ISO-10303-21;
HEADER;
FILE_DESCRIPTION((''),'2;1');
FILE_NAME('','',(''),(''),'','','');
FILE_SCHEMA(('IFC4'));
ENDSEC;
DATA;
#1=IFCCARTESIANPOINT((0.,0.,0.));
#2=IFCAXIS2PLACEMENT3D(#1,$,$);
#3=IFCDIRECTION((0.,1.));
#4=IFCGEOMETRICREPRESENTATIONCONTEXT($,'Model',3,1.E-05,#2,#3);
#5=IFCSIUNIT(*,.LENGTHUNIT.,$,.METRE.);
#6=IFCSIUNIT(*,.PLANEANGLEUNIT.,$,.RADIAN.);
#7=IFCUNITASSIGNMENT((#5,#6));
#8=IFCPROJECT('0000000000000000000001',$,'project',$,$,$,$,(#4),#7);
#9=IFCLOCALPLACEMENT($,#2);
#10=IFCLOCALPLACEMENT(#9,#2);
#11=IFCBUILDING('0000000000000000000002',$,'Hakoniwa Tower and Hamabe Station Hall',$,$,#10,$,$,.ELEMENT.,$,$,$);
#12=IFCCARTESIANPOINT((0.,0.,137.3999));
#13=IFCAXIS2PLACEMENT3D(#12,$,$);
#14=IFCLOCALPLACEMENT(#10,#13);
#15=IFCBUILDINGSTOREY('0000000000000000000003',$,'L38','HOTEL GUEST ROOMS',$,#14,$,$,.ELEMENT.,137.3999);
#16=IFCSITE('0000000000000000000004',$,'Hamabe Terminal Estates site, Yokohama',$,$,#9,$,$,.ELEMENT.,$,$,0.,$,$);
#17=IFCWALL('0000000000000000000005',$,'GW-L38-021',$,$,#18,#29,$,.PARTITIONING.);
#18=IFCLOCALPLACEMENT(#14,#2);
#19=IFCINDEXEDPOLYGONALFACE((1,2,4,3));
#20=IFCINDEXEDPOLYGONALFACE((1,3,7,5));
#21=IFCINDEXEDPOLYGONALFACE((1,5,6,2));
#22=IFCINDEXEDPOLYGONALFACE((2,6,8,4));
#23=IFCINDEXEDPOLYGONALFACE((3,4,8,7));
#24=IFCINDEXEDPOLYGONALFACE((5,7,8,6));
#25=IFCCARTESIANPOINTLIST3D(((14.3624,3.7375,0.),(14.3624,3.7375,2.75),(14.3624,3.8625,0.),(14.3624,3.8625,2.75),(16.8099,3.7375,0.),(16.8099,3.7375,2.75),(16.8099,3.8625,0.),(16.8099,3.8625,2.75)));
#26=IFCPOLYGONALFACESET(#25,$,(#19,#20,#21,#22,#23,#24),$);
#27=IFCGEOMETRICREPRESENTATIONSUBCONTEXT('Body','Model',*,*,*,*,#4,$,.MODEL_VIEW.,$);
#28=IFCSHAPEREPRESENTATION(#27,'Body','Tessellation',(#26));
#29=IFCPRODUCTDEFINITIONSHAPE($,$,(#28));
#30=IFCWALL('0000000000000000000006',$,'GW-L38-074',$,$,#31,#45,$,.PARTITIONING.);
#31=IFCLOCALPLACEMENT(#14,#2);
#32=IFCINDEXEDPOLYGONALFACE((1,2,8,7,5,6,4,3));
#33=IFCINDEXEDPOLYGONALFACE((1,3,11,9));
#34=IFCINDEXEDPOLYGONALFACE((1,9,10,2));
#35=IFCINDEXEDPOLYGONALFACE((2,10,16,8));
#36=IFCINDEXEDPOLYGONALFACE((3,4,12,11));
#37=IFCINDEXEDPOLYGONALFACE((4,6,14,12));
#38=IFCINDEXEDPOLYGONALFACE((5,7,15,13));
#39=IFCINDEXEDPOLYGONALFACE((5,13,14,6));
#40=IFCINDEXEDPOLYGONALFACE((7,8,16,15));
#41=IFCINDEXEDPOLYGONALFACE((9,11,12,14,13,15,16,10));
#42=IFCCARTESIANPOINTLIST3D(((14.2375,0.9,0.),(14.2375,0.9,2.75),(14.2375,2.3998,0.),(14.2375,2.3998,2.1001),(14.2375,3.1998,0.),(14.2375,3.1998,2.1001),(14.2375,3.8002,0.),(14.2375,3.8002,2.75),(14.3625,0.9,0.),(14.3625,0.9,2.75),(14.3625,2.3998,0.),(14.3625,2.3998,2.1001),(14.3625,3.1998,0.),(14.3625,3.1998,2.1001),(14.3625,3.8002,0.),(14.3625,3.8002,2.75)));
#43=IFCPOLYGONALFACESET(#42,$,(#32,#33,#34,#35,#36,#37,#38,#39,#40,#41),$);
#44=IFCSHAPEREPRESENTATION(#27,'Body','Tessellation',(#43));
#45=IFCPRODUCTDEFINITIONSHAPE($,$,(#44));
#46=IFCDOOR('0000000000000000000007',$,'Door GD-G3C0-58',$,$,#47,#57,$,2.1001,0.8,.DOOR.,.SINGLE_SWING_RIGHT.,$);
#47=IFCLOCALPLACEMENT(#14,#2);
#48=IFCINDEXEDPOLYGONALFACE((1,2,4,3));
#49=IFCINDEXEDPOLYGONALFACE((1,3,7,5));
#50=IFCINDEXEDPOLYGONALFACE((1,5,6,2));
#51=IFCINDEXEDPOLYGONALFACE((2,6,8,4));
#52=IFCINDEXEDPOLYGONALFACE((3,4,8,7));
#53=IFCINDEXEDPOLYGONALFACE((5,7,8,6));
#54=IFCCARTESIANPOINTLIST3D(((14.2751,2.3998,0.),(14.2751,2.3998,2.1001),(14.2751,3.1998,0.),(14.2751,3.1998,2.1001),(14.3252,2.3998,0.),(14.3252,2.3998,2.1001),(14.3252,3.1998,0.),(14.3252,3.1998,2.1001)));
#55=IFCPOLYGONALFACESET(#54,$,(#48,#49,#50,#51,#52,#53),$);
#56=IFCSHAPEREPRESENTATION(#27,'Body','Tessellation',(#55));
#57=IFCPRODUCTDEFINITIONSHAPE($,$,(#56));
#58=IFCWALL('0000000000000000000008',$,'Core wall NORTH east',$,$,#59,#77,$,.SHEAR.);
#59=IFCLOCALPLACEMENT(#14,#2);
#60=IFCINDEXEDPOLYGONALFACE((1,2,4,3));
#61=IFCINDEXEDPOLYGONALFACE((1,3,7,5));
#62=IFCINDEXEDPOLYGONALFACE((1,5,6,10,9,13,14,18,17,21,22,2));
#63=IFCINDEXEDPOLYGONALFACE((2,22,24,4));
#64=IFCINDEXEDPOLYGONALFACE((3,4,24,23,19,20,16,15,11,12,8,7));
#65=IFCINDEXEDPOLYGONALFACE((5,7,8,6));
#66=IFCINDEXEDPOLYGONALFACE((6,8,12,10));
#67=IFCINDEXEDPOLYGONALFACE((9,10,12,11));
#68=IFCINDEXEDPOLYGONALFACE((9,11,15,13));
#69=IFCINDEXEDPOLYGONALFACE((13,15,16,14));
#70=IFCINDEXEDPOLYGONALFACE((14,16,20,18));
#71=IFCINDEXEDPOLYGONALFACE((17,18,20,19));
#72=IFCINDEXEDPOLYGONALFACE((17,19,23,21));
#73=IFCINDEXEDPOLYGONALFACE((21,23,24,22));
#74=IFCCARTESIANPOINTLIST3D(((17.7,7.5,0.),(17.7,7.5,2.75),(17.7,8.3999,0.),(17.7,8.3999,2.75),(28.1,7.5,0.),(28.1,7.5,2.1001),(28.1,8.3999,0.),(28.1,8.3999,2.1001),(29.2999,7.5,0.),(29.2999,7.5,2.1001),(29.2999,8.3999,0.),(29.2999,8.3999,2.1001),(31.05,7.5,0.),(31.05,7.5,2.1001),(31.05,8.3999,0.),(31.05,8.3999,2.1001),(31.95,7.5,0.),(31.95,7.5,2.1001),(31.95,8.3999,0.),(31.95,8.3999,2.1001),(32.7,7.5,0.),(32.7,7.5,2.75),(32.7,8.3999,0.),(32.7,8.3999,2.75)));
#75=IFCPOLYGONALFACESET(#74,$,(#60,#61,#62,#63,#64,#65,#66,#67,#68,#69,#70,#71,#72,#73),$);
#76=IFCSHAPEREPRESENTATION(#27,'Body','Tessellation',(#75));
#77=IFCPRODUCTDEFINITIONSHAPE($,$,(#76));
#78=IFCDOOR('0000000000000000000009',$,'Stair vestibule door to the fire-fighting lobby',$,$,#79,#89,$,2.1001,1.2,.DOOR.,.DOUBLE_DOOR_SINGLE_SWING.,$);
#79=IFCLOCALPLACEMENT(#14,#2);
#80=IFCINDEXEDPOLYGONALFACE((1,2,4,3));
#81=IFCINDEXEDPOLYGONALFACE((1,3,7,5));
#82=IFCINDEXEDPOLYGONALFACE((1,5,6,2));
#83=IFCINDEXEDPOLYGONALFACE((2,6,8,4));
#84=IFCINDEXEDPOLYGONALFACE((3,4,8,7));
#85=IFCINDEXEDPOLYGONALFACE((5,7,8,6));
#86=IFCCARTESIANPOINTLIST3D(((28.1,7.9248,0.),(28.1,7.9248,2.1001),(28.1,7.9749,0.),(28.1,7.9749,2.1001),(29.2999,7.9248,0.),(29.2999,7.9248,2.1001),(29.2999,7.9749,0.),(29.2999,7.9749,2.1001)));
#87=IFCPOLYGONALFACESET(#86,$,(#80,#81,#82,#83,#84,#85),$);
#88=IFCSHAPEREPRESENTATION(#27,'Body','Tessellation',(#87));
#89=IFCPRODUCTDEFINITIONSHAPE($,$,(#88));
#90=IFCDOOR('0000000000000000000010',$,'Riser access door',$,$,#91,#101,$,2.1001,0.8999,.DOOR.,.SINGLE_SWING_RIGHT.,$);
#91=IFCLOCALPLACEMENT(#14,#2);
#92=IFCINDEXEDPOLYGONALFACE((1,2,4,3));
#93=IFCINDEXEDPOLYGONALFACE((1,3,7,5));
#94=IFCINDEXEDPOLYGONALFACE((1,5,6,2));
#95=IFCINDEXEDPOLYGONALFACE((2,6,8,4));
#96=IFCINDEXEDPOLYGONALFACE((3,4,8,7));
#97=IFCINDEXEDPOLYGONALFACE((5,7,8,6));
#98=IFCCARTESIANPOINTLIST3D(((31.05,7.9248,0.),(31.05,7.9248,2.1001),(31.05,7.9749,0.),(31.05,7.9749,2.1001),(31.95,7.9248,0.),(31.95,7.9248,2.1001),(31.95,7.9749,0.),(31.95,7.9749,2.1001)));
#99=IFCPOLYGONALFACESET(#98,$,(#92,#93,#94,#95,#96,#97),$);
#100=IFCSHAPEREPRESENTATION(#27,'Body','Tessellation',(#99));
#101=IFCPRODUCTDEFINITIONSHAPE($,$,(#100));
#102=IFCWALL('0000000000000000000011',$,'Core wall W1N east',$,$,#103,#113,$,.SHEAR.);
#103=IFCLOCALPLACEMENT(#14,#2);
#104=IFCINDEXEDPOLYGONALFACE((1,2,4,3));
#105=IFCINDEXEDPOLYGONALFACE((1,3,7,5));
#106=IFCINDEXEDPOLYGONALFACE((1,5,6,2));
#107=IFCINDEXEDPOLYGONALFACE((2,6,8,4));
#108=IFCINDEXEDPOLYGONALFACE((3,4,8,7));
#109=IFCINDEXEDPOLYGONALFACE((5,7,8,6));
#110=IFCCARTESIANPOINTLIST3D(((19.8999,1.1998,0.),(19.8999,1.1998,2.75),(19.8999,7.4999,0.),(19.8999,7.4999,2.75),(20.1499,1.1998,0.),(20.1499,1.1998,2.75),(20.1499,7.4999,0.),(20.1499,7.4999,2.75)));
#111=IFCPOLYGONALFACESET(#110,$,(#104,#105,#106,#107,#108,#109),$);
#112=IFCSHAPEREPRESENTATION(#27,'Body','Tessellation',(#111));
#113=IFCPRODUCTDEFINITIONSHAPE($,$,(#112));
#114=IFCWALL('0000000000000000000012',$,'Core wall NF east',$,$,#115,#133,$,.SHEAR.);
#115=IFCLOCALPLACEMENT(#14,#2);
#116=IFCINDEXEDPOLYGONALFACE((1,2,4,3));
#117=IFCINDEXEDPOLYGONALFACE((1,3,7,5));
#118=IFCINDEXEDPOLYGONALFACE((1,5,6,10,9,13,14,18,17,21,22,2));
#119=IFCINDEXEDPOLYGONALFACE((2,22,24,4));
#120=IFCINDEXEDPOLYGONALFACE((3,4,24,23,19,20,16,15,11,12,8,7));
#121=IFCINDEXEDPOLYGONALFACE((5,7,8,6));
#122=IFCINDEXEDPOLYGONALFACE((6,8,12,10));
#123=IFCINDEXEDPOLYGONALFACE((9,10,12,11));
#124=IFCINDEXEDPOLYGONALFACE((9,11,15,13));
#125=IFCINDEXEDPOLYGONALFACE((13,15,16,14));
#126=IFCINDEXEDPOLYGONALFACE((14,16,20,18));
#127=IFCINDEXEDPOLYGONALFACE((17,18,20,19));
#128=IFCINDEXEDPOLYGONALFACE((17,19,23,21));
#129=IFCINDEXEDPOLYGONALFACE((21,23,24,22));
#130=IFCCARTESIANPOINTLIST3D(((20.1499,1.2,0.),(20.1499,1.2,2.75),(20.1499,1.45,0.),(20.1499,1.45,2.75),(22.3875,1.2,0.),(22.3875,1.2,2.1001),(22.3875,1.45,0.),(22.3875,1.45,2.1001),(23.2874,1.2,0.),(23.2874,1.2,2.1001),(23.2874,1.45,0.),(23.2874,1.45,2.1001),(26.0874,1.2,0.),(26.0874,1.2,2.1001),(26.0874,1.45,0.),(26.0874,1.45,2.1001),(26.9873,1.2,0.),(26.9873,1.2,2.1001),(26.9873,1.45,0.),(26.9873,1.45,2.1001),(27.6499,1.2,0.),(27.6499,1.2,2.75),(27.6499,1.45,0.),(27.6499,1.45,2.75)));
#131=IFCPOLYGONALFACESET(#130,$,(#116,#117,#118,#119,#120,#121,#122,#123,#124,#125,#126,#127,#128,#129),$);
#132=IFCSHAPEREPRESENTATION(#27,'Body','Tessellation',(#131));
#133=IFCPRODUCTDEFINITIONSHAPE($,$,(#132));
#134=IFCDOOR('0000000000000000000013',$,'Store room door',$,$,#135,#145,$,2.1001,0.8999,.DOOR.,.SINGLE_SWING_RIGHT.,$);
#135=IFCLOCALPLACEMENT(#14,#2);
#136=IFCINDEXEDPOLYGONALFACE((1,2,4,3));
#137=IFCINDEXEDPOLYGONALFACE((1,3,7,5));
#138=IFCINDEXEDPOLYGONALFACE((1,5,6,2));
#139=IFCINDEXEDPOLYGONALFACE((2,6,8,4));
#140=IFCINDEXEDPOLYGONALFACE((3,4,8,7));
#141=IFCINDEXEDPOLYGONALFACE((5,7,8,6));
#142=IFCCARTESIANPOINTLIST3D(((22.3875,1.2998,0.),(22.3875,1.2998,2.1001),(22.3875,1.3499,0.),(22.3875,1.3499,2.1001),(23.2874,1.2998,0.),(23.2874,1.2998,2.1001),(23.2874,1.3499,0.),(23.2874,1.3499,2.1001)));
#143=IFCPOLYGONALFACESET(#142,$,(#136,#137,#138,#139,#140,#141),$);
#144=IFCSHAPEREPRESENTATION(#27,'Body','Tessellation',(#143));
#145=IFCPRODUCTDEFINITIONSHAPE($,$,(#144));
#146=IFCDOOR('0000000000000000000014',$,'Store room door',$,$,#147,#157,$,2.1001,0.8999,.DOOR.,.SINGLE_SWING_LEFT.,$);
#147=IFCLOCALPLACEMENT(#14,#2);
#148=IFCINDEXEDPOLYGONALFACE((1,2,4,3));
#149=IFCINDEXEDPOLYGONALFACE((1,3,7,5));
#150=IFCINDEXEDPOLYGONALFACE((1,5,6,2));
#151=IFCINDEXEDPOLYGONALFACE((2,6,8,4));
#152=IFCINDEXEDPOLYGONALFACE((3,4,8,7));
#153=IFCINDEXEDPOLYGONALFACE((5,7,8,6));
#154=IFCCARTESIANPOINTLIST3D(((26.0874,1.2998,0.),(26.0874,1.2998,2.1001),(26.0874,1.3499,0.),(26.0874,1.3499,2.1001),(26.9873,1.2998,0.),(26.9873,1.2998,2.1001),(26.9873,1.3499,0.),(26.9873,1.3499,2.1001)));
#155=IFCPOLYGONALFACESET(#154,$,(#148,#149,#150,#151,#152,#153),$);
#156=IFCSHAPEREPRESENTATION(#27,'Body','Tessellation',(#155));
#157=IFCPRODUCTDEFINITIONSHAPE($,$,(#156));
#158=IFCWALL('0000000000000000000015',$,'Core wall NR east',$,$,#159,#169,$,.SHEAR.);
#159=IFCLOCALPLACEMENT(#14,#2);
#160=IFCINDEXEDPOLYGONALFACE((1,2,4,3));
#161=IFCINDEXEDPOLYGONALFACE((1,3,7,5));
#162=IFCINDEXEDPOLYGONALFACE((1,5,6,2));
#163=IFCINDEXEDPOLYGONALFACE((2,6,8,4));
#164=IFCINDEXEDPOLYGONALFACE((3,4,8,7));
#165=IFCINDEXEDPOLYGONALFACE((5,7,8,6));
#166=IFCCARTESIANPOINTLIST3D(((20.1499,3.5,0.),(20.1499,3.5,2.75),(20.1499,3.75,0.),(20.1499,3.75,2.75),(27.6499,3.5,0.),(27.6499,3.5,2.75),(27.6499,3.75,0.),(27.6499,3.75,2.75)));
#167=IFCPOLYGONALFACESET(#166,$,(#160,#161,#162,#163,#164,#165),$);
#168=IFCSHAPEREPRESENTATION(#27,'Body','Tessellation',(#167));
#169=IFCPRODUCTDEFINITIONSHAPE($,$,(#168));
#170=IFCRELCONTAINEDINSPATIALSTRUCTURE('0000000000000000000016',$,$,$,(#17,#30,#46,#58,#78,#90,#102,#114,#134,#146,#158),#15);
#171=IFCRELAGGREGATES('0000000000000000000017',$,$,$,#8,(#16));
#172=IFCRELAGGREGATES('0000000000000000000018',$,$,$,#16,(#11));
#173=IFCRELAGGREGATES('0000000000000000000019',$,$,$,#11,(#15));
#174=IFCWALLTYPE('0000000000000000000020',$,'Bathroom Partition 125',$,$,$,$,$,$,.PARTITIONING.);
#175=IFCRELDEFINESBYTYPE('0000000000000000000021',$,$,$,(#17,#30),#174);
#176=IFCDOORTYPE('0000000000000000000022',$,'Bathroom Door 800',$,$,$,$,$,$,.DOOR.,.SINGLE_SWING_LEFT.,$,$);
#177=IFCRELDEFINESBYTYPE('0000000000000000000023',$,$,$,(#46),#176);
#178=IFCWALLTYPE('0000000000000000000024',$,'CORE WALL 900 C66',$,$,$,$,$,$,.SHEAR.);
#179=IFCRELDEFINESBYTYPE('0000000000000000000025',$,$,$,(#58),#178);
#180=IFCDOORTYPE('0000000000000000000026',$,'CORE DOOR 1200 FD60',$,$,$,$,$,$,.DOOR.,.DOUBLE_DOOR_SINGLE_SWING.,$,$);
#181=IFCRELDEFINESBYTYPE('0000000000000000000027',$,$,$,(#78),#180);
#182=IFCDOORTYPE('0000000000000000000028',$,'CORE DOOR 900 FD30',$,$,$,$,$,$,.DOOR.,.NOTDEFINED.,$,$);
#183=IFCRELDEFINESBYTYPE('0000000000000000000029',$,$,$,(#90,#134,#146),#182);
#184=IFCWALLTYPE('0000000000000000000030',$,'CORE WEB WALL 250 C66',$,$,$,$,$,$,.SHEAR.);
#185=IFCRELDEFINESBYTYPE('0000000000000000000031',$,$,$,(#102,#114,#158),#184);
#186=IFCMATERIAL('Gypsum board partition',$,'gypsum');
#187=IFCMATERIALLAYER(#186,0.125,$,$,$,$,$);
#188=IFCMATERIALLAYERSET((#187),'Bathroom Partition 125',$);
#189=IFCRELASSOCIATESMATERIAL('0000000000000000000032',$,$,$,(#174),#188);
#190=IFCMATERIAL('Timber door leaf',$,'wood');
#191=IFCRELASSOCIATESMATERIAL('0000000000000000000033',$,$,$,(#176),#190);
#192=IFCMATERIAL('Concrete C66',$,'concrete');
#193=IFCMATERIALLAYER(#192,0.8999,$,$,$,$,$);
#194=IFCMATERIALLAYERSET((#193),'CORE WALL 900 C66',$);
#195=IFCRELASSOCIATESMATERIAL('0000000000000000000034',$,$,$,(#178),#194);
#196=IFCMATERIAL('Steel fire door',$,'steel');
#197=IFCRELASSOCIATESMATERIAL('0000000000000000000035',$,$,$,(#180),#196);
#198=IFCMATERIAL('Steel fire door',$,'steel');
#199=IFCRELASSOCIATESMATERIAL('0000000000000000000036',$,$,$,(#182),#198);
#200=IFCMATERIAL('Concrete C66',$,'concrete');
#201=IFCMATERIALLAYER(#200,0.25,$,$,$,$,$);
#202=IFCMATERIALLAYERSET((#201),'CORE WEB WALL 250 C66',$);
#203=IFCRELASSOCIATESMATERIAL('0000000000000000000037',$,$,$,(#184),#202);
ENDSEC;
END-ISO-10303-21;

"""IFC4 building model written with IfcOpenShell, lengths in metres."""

from ifc_helpers import new_model, si_unit, direction, frame, frame_2d, origin, place, context, subcontext, project, spatial, rectangle, extrude, material, layer, layer_set, type_object, element, fill, save


model = new_model("IFC4")

# Units and contexts
model_context = context("Model", 3, precision=1e-05, world=origin(), true_north=direction((0.0, 1.0)))
body_context = subcontext(model_context, "Body", "Model", "MODEL_VIEW")
ifc_project = project(units=[si_unit("LENGTHUNIT", "METRE"), si_unit("PLANEANGLEUNIT", "RADIAN")], contexts=[model_context])

# Site, building, storey
site_placement = place(None, origin())
site = spatial("IfcSite", under=ifc_project, at=site_placement, Name="Hamabe Terminal Estates site, Yokohama", CompositionType="ELEMENT", RefElevation=0.0)
building_placement = place(site_placement, origin())
building = spatial("IfcBuilding", under=site, at=building_placement, Name="Hakoniwa Tower and Hamabe Station Hall", CompositionType="ELEMENT")
storey_placement = place(building_placement, frame((0.0, 0.0, 137.3999)))
storey = spatial("IfcBuildingStorey", under=building, at=storey_placement, Name="L38", Description="HOTEL GUEST ROOMS", CompositionType="ELEMENT", Elevation=137.3999)

# Wall
ifc_material_1 = material(Name="Gypsum board partition", Category="gypsum")
ifc_layer_1 = layer(ifc_material_1, 0.125)
ifc_layer_set_1 = layer_set([ifc_layer_1], Name="Bathroom Partition 125")
wall_type_1 = type_object("IfcWallType", Name="Bathroom Partition 125", PredefinedType="PARTITIONING", material=ifc_layer_set_1)
wall_1_placement = place(storey_placement, frame((14.3625, 3.8, 0.0), z_axis=(0.0, 0.0, 1.0), x_axis=(1.0, 0.0, 0.0)))
element("IfcWall", 1, at=wall_1_placement, inside=storey, type_object=wall_type_1, Name="GW-L38-021", PredefinedType="PARTITIONING", context=body_context, shape_type="SweptSolid", body=[
    extrude(rectangle(XDim=2.4475, YDim=0.125, at=frame_2d((1.2236, 0.0))), origin(), (0.0, 0.0, 1.0), 2.75),
])

# Wall, opening, door
wall_2_placement = place(storey_placement, frame((14.3, 0.8999, 0.0), z_axis=(0.0, 0.0, 1.0), x_axis=(0.0, 1.0, 0.0)))
wall_2 = element("IfcWall", 2, at=wall_2_placement, inside=storey, type_object=wall_type_1, Name="GW-L38-074", PredefinedType="PARTITIONING", context=body_context, shape_type="SweptSolid", body=[
    extrude(rectangle(XDim=2.9001, YDim=0.125, at=frame_2d((1.4502, 0.0))), origin(), (0.0, 0.0, 1.0), 2.75),
])
opening_1_placement = place(wall_2_placement, frame((1.5, 0.0, 0.0)))
opening_1 = element("IfcOpeningElement", 3, at=opening_1_placement, cuts=wall_2, PredefinedType="OPENING", context=body_context, shape_type="SweptSolid", body=[
    extrude(rectangle(XDim=0.8, YDim=2.1001, at=frame_2d((0.3999, 1.05))), frame((0.0, 0.0725, 0.0), z_axis=(0.0, -1.0, 0.0), x_axis=(1.0, 0.0, 0.0)), (0.0, 0.0, 1.0), 0.145),
])
ifc_material_2 = material(Name="Timber door leaf", Category="wood")
door_type_1 = type_object("IfcDoorType", Name="Bathroom Door 800", OperationType="SINGLE_SWING_LEFT", PredefinedType="DOOR", material=ifc_material_2)
door_1_placement = place(opening_1_placement, origin())
door_1 = element("IfcDoor", 4, at=door_1_placement, inside=storey, type_object=door_type_1, Name="Door GD-G3C0-58", OperationType="SINGLE_SWING_RIGHT", OverallHeight=2.1001, OverallWidth=0.8, PredefinedType="DOOR", context=body_context, shape_type="SweptSolid", body=[
    extrude(rectangle(XDim=0.8, YDim=2.1001, at=frame_2d((0.3999, 1.05))), frame((0.0, 0.0249, 0.0), z_axis=(0.0, -1.0, 0.0), x_axis=(1.0, 0.0, 0.0)), (0.0, 0.0, 1.0), 0.05),
])
fill(opening_1, door_1)

# Wall, openings, doors
ifc_material_3 = material(Name="Concrete C66", Category="concrete")
ifc_layer_2 = layer(ifc_material_3, 0.8999)
ifc_layer_set_2 = layer_set([ifc_layer_2], Name="CORE WALL 900 C66")
wall_type_2 = type_object("IfcWallType", Name="CORE WALL 900 C66", PredefinedType="SHEAR", material=ifc_layer_set_2)
wall_3_placement = place(storey_placement, frame((17.7, 7.95, 0.0), z_axis=(0.0, 0.0, 1.0), x_axis=(1.0, 0.0, 0.0)))
wall_3 = element("IfcWall", 5, at=wall_3_placement, inside=storey, type_object=wall_type_2, Name="Core wall NORTH east", PredefinedType="SHEAR", context=body_context, shape_type="SweptSolid", body=[
    extrude(rectangle(XDim=15.0, YDim=0.8999, at=frame_2d((7.5, 0.0))), origin(), (0.0, 0.0, 1.0), 2.75),
])
opening_2_placement = place(wall_3_placement, frame((10.3999, 0.0, 0.0)))
opening_2 = element("IfcOpeningElement", 6, at=opening_2_placement, cuts=wall_3, PredefinedType="OPENING", context=body_context, shape_type="SweptSolid", body=[
    extrude(rectangle(XDim=1.2, YDim=2.1001, at=frame_2d((0.6001, 1.05))), frame((0.0, 0.46, 0.0), z_axis=(0.0, -1.0, 0.0), x_axis=(1.0, 0.0, 0.0)), (0.0, 0.0, 1.0), 0.9199),
])
opening_3_placement = place(wall_3_placement, frame((13.3501, 0.0, 0.0)))
opening_3 = element("IfcOpeningElement", 7, at=opening_3_placement, cuts=wall_3, PredefinedType="OPENING", context=body_context, shape_type="SweptSolid", body=[
    extrude(rectangle(XDim=0.8999, YDim=2.1001, at=frame_2d((0.45, 1.05))), frame((0.0, 0.46, 0.0), z_axis=(0.0, -1.0, 0.0), x_axis=(1.0, 0.0, 0.0)), (0.0, 0.0, 1.0), 0.9199),
])
ifc_material_4 = material(Name="Steel fire door", Category="steel")
door_type_2 = type_object("IfcDoorType", Name="CORE DOOR 1200 FD60", OperationType="DOUBLE_DOOR_SINGLE_SWING", PredefinedType="DOOR", material=ifc_material_4)
door_2_placement = place(opening_2_placement, origin())
door_2 = element("IfcDoor", 8, at=door_2_placement, inside=storey, type_object=door_type_2, Name="Stair vestibule door to the fire-fighting lobby", OperationType="DOUBLE_DOOR_SINGLE_SWING", OverallHeight=2.1001, OverallWidth=1.2, PredefinedType="DOOR", context=body_context, shape_type="SweptSolid", body=[
    extrude(rectangle(XDim=1.2, YDim=2.1001, at=frame_2d((0.6001, 1.05))), frame((0.0, 0.0249, 0.0), z_axis=(0.0, -1.0, 0.0), x_axis=(1.0, 0.0, 0.0)), (0.0, 0.0, 1.0), 0.05),
])
fill(opening_2, door_2)
ifc_material_5 = material(Name="Steel fire door", Category="steel")
door_type_3 = type_object("IfcDoorType", Name="CORE DOOR 900 FD30", OperationType="NOTDEFINED", PredefinedType="DOOR", material=ifc_material_5)
door_3_placement = place(opening_3_placement, origin())
door_3 = element("IfcDoor", 9, at=door_3_placement, inside=storey, type_object=door_type_3, Name="Riser access door", OperationType="SINGLE_SWING_RIGHT", OverallHeight=2.1001, OverallWidth=0.8999, PredefinedType="DOOR", context=body_context, shape_type="SweptSolid", body=[
    extrude(rectangle(XDim=0.8999, YDim=2.1001, at=frame_2d((0.45, 1.05))), frame((0.0, 0.0249, 0.0), z_axis=(0.0, -1.0, 0.0), x_axis=(1.0, 0.0, 0.0)), (0.0, 0.0, 1.0), 0.05),
])
fill(opening_3, door_3)

# Wall
ifc_material_6 = material(Name="Concrete C66", Category="concrete")
ifc_layer_3 = layer(ifc_material_6, 0.25)
ifc_layer_set_3 = layer_set([ifc_layer_3], Name="CORE WEB WALL 250 C66")
wall_type_3 = type_object("IfcWallType", Name="CORE WEB WALL 250 C66", PredefinedType="SHEAR", material=ifc_layer_set_3)
wall_4_placement = place(storey_placement, frame((20.0249, 1.2, 0.0), z_axis=(0.0, 0.0, 1.0), x_axis=(0.0, 1.0, 0.0)))
element("IfcWall", 10, at=wall_4_placement, inside=storey, type_object=wall_type_3, Name="Core wall W1N east", PredefinedType="SHEAR", context=body_context, shape_type="SweptSolid", body=[
    extrude(rectangle(XDim=6.3, YDim=0.25, at=frame_2d((3.1499, 0.0))), origin(), (0.0, 0.0, 1.0), 2.75),
])

# Wall, openings, doors
wall_5_placement = place(storey_placement, frame((20.1499, 1.325, 0.0), z_axis=(0.0, 0.0, 1.0), x_axis=(1.0, 0.0, 0.0)))
wall_5 = element("IfcWall", 11, at=wall_5_placement, inside=storey, type_object=wall_type_3, Name="Core wall NF east", PredefinedType="SHEAR", context=body_context, shape_type="SweptSolid", body=[
    extrude(rectangle(XDim=7.5, YDim=0.25, at=frame_2d((3.75, 0.0))), origin(), (0.0, 0.0, 1.0), 2.75),
])
opening_4_placement = place(wall_5_placement, frame((2.2375, 0.0, 0.0)))
opening_4 = element("IfcOpeningElement", 12, at=opening_4_placement, cuts=wall_5, PredefinedType="OPENING", context=body_context, shape_type="SweptSolid", body=[
    extrude(rectangle(XDim=0.8999, YDim=2.1001, at=frame_2d((0.45, 1.05))), frame((0.0, 0.135, 0.0), z_axis=(0.0, -1.0, 0.0), x_axis=(1.0, 0.0, 0.0)), (0.0, 0.0, 1.0), 0.27),
])
opening_5_placement = place(wall_5_placement, frame((5.9375, 0.0, 0.0)))
opening_5 = element("IfcOpeningElement", 13, at=opening_5_placement, cuts=wall_5, PredefinedType="OPENING", context=body_context, shape_type="SweptSolid", body=[
    extrude(rectangle(XDim=0.8999, YDim=2.1001, at=frame_2d((0.45, 1.05))), frame((0.0, 0.135, 0.0), z_axis=(0.0, -1.0, 0.0), x_axis=(1.0, 0.0, 0.0)), (0.0, 0.0, 1.0), 0.27),
])
door_4_placement = place(opening_4_placement, origin())
door_4 = element("IfcDoor", 14, at=door_4_placement, inside=storey, type_object=door_type_3, Name="Store room door", OperationType="SINGLE_SWING_RIGHT", OverallHeight=2.1001, OverallWidth=0.8999, PredefinedType="DOOR", context=body_context, shape_type="SweptSolid", body=[
    extrude(rectangle(XDim=0.8999, YDim=2.1001, at=frame_2d((0.45, 1.05))), frame((0.0, 0.0249, 0.0), z_axis=(0.0, -1.0, 0.0), x_axis=(1.0, 0.0, 0.0)), (0.0, 0.0, 1.0), 0.05),
])
fill(opening_4, door_4)
door_5_placement = place(opening_5_placement, origin())
door_5 = element("IfcDoor", 15, at=door_5_placement, inside=storey, type_object=door_type_3, Name="Store room door", OperationType="SINGLE_SWING_LEFT", OverallHeight=2.1001, OverallWidth=0.8999, PredefinedType="DOOR", context=body_context, shape_type="SweptSolid", body=[
    extrude(rectangle(XDim=0.8999, YDim=2.1001, at=frame_2d((0.45, 1.05))), frame((0.0, 0.0249, 0.0), z_axis=(0.0, -1.0, 0.0), x_axis=(1.0, 0.0, 0.0)), (0.0, 0.0, 1.0), 0.05),
])
fill(opening_5, door_5)

# Wall
wall_6_placement = place(storey_placement, frame((20.1499, 3.625, 0.0), z_axis=(0.0, 0.0, 1.0), x_axis=(1.0, 0.0, 0.0)))
element("IfcWall", 16, at=wall_6_placement, inside=storey, type_object=wall_type_3, Name="Core wall NR east", PredefinedType="SHEAR", context=body_context, shape_type="SweptSolid", body=[
    extrude(rectangle(XDim=7.5, YDim=0.25, at=frame_2d((3.75, 0.0))), origin(), (0.0, 0.0, 1.0), 2.75),
])

save(model, "model.ifc")
